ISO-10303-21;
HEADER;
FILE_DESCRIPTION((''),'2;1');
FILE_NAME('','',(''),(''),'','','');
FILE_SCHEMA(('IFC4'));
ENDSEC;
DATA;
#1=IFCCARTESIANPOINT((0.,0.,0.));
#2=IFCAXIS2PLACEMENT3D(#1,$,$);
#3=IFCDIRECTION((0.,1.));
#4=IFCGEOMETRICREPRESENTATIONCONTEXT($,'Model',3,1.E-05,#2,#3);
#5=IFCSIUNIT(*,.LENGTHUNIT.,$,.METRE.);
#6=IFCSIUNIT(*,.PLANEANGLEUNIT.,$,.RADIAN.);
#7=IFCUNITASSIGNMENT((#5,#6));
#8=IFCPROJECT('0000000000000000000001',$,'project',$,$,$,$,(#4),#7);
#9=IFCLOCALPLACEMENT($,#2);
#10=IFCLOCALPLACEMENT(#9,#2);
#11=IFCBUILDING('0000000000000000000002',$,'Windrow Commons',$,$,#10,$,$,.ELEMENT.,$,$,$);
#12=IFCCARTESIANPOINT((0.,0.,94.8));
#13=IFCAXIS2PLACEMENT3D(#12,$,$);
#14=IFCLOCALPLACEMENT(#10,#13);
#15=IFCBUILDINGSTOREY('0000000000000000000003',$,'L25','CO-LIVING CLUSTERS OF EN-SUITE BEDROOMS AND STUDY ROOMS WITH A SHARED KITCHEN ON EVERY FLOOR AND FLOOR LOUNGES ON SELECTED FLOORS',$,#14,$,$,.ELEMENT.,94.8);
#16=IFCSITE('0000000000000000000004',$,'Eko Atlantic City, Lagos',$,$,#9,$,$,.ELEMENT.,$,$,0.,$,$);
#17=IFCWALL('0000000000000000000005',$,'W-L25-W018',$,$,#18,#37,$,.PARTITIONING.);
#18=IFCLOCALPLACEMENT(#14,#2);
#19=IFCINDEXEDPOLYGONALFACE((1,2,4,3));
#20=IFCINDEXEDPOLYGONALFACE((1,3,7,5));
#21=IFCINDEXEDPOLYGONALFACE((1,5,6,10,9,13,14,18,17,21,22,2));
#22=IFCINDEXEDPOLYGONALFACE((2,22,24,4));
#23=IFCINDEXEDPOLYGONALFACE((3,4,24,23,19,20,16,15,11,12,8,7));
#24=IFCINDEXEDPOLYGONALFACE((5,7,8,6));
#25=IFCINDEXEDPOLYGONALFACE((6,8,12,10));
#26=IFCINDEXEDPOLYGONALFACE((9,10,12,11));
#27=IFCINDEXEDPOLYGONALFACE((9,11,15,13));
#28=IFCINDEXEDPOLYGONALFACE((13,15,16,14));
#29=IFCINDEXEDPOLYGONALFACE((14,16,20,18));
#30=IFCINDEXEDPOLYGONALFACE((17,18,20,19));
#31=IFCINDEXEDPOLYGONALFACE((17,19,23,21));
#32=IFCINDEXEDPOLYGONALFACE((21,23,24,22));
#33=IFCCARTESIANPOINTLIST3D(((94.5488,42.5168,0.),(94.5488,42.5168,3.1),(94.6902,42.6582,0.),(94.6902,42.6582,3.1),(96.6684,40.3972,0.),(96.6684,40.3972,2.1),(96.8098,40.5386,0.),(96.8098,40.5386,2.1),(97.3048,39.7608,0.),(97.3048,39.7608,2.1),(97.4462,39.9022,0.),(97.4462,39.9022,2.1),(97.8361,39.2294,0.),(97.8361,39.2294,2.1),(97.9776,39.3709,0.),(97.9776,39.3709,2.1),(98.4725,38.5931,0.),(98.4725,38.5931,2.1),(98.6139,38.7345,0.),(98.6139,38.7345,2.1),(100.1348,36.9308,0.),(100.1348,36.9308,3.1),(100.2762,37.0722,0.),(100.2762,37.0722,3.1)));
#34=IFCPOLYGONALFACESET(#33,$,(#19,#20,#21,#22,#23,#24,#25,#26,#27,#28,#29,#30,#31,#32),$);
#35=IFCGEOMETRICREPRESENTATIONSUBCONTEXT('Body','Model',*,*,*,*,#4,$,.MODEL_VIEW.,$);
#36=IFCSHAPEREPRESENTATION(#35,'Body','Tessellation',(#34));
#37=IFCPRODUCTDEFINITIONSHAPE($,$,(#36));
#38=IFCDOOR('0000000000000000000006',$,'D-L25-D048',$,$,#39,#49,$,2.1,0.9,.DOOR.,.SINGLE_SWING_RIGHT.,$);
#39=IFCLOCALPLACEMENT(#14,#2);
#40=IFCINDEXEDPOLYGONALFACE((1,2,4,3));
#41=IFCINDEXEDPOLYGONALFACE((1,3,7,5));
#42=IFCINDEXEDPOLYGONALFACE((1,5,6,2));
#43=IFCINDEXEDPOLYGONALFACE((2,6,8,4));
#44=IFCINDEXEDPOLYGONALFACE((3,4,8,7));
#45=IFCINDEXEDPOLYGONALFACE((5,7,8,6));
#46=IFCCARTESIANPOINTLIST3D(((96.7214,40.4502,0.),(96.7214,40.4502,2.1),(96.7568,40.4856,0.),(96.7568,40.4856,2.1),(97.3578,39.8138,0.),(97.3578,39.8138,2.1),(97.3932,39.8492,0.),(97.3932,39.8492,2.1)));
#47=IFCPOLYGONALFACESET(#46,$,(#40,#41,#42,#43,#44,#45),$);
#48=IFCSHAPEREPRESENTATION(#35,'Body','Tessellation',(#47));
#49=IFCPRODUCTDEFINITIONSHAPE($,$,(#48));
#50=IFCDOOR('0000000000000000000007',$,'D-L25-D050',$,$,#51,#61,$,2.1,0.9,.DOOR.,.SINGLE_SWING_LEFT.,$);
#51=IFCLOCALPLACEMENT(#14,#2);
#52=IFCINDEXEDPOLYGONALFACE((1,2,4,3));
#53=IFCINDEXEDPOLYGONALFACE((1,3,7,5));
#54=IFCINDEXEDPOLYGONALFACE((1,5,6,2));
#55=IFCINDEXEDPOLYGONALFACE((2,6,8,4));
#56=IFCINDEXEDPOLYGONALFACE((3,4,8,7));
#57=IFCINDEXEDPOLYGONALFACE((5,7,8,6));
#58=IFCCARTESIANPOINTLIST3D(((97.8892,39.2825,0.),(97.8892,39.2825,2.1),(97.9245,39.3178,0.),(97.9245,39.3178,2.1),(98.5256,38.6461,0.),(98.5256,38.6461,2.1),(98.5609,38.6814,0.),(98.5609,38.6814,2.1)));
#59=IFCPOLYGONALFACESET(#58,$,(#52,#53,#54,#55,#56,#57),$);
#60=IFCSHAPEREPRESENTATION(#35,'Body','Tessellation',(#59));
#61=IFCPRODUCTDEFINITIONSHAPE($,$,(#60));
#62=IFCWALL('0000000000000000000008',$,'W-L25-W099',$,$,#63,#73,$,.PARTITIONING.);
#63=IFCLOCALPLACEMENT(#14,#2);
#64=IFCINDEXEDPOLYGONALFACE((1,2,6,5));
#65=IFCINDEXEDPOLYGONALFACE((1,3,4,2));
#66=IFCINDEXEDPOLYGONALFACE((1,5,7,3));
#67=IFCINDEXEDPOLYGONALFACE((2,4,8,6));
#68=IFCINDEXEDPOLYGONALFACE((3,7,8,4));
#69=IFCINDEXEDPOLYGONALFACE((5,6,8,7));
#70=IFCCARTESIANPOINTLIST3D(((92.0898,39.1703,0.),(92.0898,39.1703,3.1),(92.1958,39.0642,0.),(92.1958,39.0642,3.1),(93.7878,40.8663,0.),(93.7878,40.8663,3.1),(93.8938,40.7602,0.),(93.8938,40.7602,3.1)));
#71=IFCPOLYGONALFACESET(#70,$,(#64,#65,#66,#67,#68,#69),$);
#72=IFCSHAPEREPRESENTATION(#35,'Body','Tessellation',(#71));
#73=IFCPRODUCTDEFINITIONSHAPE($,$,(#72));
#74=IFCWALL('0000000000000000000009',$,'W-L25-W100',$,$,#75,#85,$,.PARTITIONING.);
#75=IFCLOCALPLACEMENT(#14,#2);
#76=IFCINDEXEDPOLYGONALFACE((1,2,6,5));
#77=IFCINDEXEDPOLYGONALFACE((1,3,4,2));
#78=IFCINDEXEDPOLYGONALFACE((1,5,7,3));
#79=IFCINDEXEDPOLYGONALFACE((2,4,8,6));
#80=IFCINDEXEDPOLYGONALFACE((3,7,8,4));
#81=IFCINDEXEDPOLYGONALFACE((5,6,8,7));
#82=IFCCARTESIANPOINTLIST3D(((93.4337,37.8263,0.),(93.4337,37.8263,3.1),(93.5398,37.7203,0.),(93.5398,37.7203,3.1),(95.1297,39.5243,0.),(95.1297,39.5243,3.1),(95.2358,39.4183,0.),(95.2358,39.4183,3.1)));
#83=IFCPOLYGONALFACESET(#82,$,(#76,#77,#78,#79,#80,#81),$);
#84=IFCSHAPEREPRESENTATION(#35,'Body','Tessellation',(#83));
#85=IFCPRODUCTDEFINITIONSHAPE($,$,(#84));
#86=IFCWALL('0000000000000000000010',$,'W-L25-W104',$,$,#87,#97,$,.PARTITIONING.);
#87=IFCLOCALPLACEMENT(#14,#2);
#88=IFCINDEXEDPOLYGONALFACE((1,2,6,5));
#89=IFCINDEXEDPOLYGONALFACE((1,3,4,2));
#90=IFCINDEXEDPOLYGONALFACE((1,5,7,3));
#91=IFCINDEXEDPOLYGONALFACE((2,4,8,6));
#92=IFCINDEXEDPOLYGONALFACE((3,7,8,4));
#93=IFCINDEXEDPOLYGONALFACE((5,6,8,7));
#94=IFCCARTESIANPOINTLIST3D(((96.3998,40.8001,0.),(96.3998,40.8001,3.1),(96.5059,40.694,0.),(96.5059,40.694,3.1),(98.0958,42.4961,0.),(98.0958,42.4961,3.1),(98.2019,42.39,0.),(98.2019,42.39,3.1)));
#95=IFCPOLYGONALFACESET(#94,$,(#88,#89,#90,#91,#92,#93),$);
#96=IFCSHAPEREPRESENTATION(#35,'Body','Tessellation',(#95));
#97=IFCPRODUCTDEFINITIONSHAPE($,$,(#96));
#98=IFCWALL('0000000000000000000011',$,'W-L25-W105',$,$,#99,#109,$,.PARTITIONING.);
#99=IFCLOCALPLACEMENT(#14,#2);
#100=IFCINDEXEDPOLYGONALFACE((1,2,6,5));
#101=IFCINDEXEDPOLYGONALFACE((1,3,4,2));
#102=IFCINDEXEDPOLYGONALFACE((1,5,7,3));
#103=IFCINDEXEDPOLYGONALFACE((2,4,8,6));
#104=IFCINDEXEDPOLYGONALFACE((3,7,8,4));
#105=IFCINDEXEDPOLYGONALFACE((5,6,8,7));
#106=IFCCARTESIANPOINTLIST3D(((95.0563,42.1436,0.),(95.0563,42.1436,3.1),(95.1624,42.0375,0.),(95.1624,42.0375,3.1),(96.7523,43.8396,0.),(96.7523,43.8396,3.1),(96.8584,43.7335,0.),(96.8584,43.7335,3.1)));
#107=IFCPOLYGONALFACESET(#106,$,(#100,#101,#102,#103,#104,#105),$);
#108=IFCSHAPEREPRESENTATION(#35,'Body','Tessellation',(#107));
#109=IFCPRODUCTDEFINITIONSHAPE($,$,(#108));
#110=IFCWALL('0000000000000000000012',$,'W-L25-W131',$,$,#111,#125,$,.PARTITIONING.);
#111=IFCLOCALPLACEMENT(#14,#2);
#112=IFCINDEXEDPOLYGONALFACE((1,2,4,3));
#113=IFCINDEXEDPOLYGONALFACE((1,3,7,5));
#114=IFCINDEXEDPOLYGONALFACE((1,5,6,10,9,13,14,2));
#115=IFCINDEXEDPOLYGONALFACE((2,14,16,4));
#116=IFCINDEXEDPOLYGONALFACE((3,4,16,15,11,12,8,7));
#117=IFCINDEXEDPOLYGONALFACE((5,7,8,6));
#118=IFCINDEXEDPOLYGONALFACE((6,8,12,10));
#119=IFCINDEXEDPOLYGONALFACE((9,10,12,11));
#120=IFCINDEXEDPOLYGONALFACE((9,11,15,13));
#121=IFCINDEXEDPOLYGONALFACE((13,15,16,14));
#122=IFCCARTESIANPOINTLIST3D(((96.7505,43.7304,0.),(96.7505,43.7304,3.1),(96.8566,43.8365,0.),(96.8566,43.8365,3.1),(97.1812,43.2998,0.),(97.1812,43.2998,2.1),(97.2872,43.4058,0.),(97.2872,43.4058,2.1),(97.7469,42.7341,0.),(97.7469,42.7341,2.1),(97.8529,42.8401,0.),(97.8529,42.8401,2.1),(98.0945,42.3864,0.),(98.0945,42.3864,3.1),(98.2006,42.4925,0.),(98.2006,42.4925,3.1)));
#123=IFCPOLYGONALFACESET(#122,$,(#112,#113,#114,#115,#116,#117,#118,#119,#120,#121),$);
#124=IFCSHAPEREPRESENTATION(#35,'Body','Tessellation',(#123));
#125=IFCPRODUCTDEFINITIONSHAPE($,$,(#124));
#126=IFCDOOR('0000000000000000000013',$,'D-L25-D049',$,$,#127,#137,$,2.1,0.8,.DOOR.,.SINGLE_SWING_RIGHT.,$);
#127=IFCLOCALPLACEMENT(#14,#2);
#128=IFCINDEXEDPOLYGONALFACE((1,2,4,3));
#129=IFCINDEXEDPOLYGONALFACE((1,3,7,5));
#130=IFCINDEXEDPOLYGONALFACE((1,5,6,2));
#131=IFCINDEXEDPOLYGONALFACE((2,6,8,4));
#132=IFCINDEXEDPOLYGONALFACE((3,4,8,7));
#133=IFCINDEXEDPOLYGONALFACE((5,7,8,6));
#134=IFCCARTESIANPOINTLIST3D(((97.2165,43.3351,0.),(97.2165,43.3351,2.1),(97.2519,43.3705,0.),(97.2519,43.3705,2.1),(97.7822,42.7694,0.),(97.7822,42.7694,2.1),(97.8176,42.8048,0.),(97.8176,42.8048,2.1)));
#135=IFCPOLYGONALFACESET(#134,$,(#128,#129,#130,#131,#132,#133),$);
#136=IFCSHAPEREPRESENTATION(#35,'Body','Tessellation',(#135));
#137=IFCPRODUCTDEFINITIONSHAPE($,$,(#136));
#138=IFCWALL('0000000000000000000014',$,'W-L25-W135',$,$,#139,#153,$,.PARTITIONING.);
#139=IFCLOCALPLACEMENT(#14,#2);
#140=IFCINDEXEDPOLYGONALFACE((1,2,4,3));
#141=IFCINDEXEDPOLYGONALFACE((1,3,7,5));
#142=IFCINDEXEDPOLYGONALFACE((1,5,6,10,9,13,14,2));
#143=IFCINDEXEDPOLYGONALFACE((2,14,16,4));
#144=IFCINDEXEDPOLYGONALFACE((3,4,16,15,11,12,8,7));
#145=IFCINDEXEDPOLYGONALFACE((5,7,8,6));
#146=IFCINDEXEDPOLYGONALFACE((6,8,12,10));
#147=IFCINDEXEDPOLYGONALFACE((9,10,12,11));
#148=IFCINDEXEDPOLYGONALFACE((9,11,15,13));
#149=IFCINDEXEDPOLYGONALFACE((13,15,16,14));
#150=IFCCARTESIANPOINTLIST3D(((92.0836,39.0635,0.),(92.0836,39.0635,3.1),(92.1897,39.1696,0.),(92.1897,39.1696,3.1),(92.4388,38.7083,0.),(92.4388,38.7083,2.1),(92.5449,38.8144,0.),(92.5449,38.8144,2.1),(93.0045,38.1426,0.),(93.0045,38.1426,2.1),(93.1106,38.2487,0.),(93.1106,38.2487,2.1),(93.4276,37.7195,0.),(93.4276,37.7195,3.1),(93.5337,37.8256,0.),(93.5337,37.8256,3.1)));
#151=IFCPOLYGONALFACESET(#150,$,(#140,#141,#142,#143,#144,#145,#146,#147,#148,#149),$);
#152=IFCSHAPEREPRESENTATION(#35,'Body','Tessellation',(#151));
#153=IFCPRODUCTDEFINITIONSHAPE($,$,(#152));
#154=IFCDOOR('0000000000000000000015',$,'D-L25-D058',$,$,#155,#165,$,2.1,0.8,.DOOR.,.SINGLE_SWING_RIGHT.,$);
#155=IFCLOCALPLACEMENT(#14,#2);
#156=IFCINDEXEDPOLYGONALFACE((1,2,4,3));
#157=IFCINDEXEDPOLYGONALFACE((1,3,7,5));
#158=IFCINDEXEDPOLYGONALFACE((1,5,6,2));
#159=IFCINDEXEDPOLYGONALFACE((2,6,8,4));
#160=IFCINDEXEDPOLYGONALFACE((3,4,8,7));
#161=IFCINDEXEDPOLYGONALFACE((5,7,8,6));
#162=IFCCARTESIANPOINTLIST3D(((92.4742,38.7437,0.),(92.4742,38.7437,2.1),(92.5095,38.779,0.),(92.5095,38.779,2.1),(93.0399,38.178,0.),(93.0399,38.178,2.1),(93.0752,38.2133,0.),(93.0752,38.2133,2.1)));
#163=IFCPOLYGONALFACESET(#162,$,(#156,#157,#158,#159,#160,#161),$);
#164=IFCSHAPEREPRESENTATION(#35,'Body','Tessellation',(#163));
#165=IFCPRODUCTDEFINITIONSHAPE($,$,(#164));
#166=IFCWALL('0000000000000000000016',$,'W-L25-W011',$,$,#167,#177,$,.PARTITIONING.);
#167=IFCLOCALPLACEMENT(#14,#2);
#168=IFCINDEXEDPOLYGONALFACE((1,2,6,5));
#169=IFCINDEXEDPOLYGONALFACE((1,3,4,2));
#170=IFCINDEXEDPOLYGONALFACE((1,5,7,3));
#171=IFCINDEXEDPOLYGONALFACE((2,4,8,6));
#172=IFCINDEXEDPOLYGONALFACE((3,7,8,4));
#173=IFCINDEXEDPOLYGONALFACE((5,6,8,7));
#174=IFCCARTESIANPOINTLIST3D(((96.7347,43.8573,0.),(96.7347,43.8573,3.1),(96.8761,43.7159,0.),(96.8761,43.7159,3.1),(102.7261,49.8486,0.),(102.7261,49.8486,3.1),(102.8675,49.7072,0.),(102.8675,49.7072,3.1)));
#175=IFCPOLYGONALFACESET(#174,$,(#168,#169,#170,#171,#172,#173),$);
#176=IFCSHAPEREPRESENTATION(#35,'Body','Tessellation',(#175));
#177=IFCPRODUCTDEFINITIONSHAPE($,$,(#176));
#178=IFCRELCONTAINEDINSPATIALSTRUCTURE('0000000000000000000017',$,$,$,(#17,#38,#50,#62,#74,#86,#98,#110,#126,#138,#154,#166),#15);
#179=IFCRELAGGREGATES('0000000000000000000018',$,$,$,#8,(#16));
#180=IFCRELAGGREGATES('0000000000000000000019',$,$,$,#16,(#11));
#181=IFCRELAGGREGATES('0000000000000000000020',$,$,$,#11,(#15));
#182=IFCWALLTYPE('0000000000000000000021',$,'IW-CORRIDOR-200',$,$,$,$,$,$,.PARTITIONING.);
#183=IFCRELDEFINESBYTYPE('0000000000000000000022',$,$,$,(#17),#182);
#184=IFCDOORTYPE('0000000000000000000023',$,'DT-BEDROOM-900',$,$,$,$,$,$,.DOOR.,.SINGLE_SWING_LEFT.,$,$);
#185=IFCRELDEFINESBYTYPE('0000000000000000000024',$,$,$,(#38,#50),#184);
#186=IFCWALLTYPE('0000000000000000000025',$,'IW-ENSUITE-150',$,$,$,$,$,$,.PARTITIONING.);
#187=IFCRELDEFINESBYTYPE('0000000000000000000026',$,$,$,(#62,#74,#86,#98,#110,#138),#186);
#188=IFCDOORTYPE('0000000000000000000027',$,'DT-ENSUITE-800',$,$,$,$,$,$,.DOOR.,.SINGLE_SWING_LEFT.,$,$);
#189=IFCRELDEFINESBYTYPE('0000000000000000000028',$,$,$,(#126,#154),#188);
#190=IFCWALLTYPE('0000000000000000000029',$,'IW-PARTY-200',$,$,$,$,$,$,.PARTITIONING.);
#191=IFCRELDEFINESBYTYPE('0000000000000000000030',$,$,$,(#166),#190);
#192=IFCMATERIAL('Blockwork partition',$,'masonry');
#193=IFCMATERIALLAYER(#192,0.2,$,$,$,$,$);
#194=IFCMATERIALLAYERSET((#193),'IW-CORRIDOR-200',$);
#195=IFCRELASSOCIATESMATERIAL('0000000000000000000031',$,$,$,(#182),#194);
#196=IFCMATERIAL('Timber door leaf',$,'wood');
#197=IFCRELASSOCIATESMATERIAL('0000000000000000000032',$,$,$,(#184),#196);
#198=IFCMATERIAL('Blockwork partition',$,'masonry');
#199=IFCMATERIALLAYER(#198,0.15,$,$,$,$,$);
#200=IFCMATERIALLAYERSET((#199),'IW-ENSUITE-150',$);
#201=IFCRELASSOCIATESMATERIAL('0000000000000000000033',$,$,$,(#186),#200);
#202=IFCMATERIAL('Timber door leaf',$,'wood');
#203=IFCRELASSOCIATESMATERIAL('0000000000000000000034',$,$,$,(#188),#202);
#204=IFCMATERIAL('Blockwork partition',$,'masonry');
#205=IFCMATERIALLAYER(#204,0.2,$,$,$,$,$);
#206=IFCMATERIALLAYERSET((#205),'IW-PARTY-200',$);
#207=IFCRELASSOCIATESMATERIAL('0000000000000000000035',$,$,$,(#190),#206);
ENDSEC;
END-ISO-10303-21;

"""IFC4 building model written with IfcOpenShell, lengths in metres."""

from ifc_helpers import new_model, si_unit, direction, frame, frame_2d, origin, place, context, subcontext, project, spatial, rectangle, extrude, material, layer, layer_set, type_object, element, fill, save


model = new_model("IFC4")

# Units and contexts
model_context = context("Model", 3, precision=1e-05, world=origin(), true_north=direction((0.0, 1.0)))
body_context = subcontext(model_context, "Body", "Model", "MODEL_VIEW")
ifc_project = project(units=[si_unit("LENGTHUNIT", "METRE"), si_unit("PLANEANGLEUNIT", "RADIAN")], contexts=[model_context])

# Site, building, storey
site_placement = place(None, origin())
site = spatial("IfcSite", under=ifc_project, at=site_placement, Name="Eko Atlantic City, Lagos", CompositionType="ELEMENT", RefElevation=0.0)
building_placement = place(site_placement, origin())
building = spatial("IfcBuilding", under=site, at=building_placement, Name="Windrow Commons", CompositionType="ELEMENT")
storey_placement = place(building_placement, frame((0.0, 0.0, 94.8)))
storey = spatial("IfcBuildingStorey", under=building, at=storey_placement, Name="L25", Description="CO-LIVING CLUSTERS OF EN-SUITE BEDROOMS AND STUDY ROOMS WITH A SHARED KITCHEN ON EVERY FLOOR AND FLOOR LOUNGES ON SELECTED FLOORS", CompositionType="ELEMENT", Elevation=94.8)

# Shared definitions
ifc_material_1 = material(Name="Blockwork partition", Category="masonry")
ifc_layer_1 = layer(ifc_material_1, 0.2)
ifc_layer_set_1 = layer_set([ifc_layer_1], Name="IW-CORRIDOR-200")
wall_type_1 = type_object("IfcWallType", Name="IW-CORRIDOR-200", PredefinedType="PARTITIONING", material=ifc_layer_set_1)
ifc_material_2 = material(Name="Timber door leaf", Category="wood")
door_type_1 = type_object("IfcDoorType", Name="DT-BEDROOM-900", OperationType="SINGLE_SWING_LEFT", PredefinedType="DOOR", material=ifc_material_2)

# Wall, openings, doors
wall_1_placement = place(storey_placement, frame((94.6195, 42.5875, 0.0), z_axis=(0.0, 0.0, 1.0), x_axis=(0.707107, -0.707107, 0.0)))
wall_1 = element("IfcWall", 1, at=wall_1_placement, inside=storey, type_object=wall_type_1, Name="W-L25-W018", PredefinedType="PARTITIONING", context=body_context, shape_type="SweptSolid", body=[
    extrude(rectangle(XDim=7.8998, YDim=0.2, at=frame_2d((3.9499, 0.0))), origin(), (0.0, 0.0, 1.0), 3.1),
])
opening_1_placement = place(wall_1_placement, frame((2.9976, 0.0, 0.0)))
opening_1 = element("IfcOpeningElement", 2, at=opening_1_placement, cuts=wall_1, PredefinedType="OPENING", context=body_context, shape_type="SweptSolid", body=[
    extrude(rectangle(XDim=0.9, YDim=2.1, at=frame_2d((0.45, 1.05))), frame((0.0, 0.11, 0.0), z_axis=(0.0, -1.0, 0.0), x_axis=(1.0, 0.0, 0.0)), (0.0, 0.0, 1.0), 0.22),
])
opening_2_placement = place(wall_1_placement, frame((4.649, 0.0, 0.0)))
opening_2 = element("IfcOpeningElement", 3, at=opening_2_placement, cuts=wall_1, PredefinedType="OPENING", context=body_context, shape_type="SweptSolid", body=[
    extrude(rectangle(XDim=0.9, YDim=2.1, at=frame_2d((0.45, 1.05))), frame((0.0, 0.11, 0.0), z_axis=(0.0, -1.0, 0.0), x_axis=(1.0, 0.0, 0.0)), (0.0, 0.0, 1.0), 0.22),
])
door_1_placement = place(opening_1_placement, origin())
door_1 = element("IfcDoor", 4, at=door_1_placement, inside=storey, type_object=door_type_1, Name="D-L25-D048", OperationType="SINGLE_SWING_RIGHT", OverallHeight=2.1, OverallWidth=0.9, PredefinedType="DOOR", context=body_context, shape_type="SweptSolid", body=[
    extrude(rectangle(XDim=0.9, YDim=2.1, at=frame_2d((0.45, 1.05))), frame((0.0, 0.025, 0.0), z_axis=(0.0, -1.0, 0.0), x_axis=(1.0, 0.0, 0.0)), (0.0, 0.0, 1.0), 0.05),
])
fill(opening_1, door_1)
door_2_placement = place(opening_2_placement, origin())
door_2 = element("IfcDoor", 5, at=door_2_placement, inside=storey, type_object=door_type_1, Name="D-L25-D050", OperationType="SINGLE_SWING_LEFT", OverallHeight=2.1, OverallWidth=0.9, PredefinedType="DOOR", context=body_context, shape_type="SweptSolid", body=[
    extrude(rectangle(XDim=0.9, YDim=2.1, at=frame_2d((0.45, 1.05))), frame((0.0, 0.025, 0.0), z_axis=(0.0, -1.0, 0.0), x_axis=(1.0, 0.0, 0.0)), (0.0, 0.0, 1.0), 0.05),
])
fill(opening_2, door_2)

# Walls
ifc_material_3 = material(Name="Blockwork partition", Category="masonry")
ifc_layer_2 = layer(ifc_material_3, 0.15)
ifc_layer_set_2 = layer_set([ifc_layer_2], Name="IW-ENSUITE-150")
wall_type_2 = type_object("IfcWallType", Name="IW-ENSUITE-150", PredefinedType="PARTITIONING", material=ifc_layer_set_2)
for number, where, z_axis, x_axis, name in (
    (6, (92.1428, 39.1172, 0.0), (0.0, 0.0, 1.0), (0.707523, 0.70669, 0.0), "W-L25-W099"),
    (7, (93.4867, 37.7733, 0.0), (0.0, 0.0, 1.0), (0.70669, 0.707523, 0.0), "W-L25-W100"),
):
    element("IfcWall", number, at=place(storey_placement, frame(where, z_axis=z_axis, x_axis=x_axis)), inside=storey, type_object=wall_type_2, Name=name, PredefinedType="PARTITIONING", context=body_context, shape_type="SweptSolid", body=[
        extrude(rectangle(XDim=2.3999, YDim=0.15, at=frame_2d((1.2, 0.0))), origin(), (0.0, 0.0, 1.0), 3.1),
    ])
for number, where, z_axis, x_axis, name in (
    (8, (96.4529, 40.7471, 0.0), (0.0, 0.0, 1.0), (0.707107, 0.707107, 0.0), "W-L25-W104"),
    (9, (95.1094, 42.0906, 0.0), (0.0, 0.0, 1.0), (0.707107, 0.707107, 0.0), "W-L25-W105"),
):
    element("IfcWall", number, at=place(storey_placement, frame(where, z_axis=z_axis, x_axis=x_axis)), inside=storey, type_object=wall_type_2, Name=name, PredefinedType="PARTITIONING", context=body_context, shape_type="SweptSolid", body=[
        extrude(rectangle(XDim=2.3985, YDim=0.15, at=frame_2d((1.1992, 0.0))), origin(), (0.0, 0.0, 1.0), 3.1),
    ])

# Walls, openings, doors
wall_2_placement = place(storey_placement, frame((96.8035, 43.7835, 0.0), z_axis=(0.0, 0.0, 1.0), x_axis=(0.707107, -0.707107, 0.0)))
wall_2 = element("IfcWall", 10, at=wall_2_placement, inside=storey, type_object=wall_type_2, Name="W-L25-W131", PredefinedType="PARTITIONING", context=body_context, shape_type="SweptSolid", body=[
    extrude(rectangle(XDim=1.9007, YDim=0.15, at=frame_2d((0.9504, 0.0))), origin(), (0.0, 0.0, 1.0), 3.1),
])
opening_3_placement = place(wall_2_placement, frame((0.6091, 0.0, 0.0)))
opening_3 = element("IfcOpeningElement", 11, at=opening_3_placement, cuts=wall_2, PredefinedType="OPENING", context=body_context, shape_type="SweptSolid", body=[
    extrude(rectangle(XDim=0.8, YDim=2.1, at=frame_2d((0.4, 1.05))), frame((0.0, 0.085, 0.0), z_axis=(0.0, -1.0, 0.0), x_axis=(1.0, 0.0, 0.0)), (0.0, 0.0, 1.0), 0.17),
])
ifc_material_4 = material(Name="Timber door leaf", Category="wood")
door_type_2 = type_object("IfcDoorType", Name="DT-ENSUITE-800", OperationType="SINGLE_SWING_LEFT", PredefinedType="DOOR", material=ifc_material_4)
door_3_placement = place(opening_3_placement, origin())
door_3 = element("IfcDoor", 12, at=door_3_placement, inside=storey, type_object=door_type_2, Name="D-L25-D049", OperationType="SINGLE_SWING_RIGHT", OverallHeight=2.1, OverallWidth=0.8, PredefinedType="DOOR", context=body_context, shape_type="SweptSolid", body=[
    extrude(rectangle(XDim=0.8, YDim=2.1, at=frame_2d((0.4, 1.05))), frame((0.0, 0.025, 0.0), z_axis=(0.0, -1.0, 0.0), x_axis=(1.0, 0.0, 0.0)), (0.0, 0.0, 1.0), 0.05),
])
fill(opening_3, door_3)
wall_3_placement = place(storey_placement, frame((92.1366, 39.1166, 0.0), z_axis=(0.0, 0.0, 1.0), x_axis=(0.707107, -0.707107, 0.0)))
wall_3 = element("IfcWall", 13, at=wall_3_placement, inside=storey, type_object=wall_type_2, Name="W-L25-W135", PredefinedType="PARTITIONING", context=body_context, shape_type="SweptSolid", body=[
    extrude(rectangle(XDim=1.9007, YDim=0.15, at=frame_2d((0.9504, 0.0))), origin(), (0.0, 0.0, 1.0), 3.1),
])
opening_4_placement = place(wall_3_placement, frame((0.5024, 0.0, 0.0)))
opening_4 = element("IfcOpeningElement", 14, at=opening_4_placement, cuts=wall_3, PredefinedType="OPENING", context=body_context, shape_type="SweptSolid", body=[
    extrude(rectangle(XDim=0.8, YDim=2.1, at=frame_2d((0.4, 1.05))), frame((0.0, 0.085, 0.0), z_axis=(0.0, -1.0, 0.0), x_axis=(1.0, 0.0, 0.0)), (0.0, 0.0, 1.0), 0.17),
])
door_4_placement = place(opening_4_placement, origin())
door_4 = element("IfcDoor", 15, at=door_4_placement, inside=storey, type_object=door_type_2, Name="D-L25-D058", OperationType="SINGLE_SWING_RIGHT", OverallHeight=2.1, OverallWidth=0.8, PredefinedType="DOOR", context=body_context, shape_type="SweptSolid", body=[
    extrude(rectangle(XDim=0.8, YDim=2.1, at=frame_2d((0.4, 1.05))), frame((0.0, 0.025, 0.0), z_axis=(0.0, -1.0, 0.0), x_axis=(1.0, 0.0, 0.0)), (0.0, 0.0, 1.0), 0.05),
])
fill(opening_4, door_4)

# Wall
ifc_material_5 = material(Name="Blockwork partition", Category="masonry")
ifc_layer_3 = layer(ifc_material_5, 0.2)
ifc_layer_set_3 = layer_set([ifc_layer_3], Name="IW-PARTY-200")
wall_type_3 = type_object("IfcWallType", Name="IW-PARTY-200", PredefinedType="PARTITIONING", material=ifc_layer_set_3)
wall_4_placement = place(storey_placement, frame((96.8054, 43.7866, 0.0), z_axis=(0.0, 0.0, 1.0), x_axis=(0.707113, 0.707101, 0.0)))
element("IfcWall", 16, at=wall_4_placement, inside=storey, type_object=wall_type_3, Name="W-L25-W011", PredefinedType="PARTITIONING", context=body_context, shape_type="SweptSolid", body=[
    extrude(rectangle(XDim=8.473, YDim=0.2, at=frame_2d((4.2365, 0.0))), origin(), (0.0, 0.0, 1.0), 3.1),
])

save(model, "model.ifc")
